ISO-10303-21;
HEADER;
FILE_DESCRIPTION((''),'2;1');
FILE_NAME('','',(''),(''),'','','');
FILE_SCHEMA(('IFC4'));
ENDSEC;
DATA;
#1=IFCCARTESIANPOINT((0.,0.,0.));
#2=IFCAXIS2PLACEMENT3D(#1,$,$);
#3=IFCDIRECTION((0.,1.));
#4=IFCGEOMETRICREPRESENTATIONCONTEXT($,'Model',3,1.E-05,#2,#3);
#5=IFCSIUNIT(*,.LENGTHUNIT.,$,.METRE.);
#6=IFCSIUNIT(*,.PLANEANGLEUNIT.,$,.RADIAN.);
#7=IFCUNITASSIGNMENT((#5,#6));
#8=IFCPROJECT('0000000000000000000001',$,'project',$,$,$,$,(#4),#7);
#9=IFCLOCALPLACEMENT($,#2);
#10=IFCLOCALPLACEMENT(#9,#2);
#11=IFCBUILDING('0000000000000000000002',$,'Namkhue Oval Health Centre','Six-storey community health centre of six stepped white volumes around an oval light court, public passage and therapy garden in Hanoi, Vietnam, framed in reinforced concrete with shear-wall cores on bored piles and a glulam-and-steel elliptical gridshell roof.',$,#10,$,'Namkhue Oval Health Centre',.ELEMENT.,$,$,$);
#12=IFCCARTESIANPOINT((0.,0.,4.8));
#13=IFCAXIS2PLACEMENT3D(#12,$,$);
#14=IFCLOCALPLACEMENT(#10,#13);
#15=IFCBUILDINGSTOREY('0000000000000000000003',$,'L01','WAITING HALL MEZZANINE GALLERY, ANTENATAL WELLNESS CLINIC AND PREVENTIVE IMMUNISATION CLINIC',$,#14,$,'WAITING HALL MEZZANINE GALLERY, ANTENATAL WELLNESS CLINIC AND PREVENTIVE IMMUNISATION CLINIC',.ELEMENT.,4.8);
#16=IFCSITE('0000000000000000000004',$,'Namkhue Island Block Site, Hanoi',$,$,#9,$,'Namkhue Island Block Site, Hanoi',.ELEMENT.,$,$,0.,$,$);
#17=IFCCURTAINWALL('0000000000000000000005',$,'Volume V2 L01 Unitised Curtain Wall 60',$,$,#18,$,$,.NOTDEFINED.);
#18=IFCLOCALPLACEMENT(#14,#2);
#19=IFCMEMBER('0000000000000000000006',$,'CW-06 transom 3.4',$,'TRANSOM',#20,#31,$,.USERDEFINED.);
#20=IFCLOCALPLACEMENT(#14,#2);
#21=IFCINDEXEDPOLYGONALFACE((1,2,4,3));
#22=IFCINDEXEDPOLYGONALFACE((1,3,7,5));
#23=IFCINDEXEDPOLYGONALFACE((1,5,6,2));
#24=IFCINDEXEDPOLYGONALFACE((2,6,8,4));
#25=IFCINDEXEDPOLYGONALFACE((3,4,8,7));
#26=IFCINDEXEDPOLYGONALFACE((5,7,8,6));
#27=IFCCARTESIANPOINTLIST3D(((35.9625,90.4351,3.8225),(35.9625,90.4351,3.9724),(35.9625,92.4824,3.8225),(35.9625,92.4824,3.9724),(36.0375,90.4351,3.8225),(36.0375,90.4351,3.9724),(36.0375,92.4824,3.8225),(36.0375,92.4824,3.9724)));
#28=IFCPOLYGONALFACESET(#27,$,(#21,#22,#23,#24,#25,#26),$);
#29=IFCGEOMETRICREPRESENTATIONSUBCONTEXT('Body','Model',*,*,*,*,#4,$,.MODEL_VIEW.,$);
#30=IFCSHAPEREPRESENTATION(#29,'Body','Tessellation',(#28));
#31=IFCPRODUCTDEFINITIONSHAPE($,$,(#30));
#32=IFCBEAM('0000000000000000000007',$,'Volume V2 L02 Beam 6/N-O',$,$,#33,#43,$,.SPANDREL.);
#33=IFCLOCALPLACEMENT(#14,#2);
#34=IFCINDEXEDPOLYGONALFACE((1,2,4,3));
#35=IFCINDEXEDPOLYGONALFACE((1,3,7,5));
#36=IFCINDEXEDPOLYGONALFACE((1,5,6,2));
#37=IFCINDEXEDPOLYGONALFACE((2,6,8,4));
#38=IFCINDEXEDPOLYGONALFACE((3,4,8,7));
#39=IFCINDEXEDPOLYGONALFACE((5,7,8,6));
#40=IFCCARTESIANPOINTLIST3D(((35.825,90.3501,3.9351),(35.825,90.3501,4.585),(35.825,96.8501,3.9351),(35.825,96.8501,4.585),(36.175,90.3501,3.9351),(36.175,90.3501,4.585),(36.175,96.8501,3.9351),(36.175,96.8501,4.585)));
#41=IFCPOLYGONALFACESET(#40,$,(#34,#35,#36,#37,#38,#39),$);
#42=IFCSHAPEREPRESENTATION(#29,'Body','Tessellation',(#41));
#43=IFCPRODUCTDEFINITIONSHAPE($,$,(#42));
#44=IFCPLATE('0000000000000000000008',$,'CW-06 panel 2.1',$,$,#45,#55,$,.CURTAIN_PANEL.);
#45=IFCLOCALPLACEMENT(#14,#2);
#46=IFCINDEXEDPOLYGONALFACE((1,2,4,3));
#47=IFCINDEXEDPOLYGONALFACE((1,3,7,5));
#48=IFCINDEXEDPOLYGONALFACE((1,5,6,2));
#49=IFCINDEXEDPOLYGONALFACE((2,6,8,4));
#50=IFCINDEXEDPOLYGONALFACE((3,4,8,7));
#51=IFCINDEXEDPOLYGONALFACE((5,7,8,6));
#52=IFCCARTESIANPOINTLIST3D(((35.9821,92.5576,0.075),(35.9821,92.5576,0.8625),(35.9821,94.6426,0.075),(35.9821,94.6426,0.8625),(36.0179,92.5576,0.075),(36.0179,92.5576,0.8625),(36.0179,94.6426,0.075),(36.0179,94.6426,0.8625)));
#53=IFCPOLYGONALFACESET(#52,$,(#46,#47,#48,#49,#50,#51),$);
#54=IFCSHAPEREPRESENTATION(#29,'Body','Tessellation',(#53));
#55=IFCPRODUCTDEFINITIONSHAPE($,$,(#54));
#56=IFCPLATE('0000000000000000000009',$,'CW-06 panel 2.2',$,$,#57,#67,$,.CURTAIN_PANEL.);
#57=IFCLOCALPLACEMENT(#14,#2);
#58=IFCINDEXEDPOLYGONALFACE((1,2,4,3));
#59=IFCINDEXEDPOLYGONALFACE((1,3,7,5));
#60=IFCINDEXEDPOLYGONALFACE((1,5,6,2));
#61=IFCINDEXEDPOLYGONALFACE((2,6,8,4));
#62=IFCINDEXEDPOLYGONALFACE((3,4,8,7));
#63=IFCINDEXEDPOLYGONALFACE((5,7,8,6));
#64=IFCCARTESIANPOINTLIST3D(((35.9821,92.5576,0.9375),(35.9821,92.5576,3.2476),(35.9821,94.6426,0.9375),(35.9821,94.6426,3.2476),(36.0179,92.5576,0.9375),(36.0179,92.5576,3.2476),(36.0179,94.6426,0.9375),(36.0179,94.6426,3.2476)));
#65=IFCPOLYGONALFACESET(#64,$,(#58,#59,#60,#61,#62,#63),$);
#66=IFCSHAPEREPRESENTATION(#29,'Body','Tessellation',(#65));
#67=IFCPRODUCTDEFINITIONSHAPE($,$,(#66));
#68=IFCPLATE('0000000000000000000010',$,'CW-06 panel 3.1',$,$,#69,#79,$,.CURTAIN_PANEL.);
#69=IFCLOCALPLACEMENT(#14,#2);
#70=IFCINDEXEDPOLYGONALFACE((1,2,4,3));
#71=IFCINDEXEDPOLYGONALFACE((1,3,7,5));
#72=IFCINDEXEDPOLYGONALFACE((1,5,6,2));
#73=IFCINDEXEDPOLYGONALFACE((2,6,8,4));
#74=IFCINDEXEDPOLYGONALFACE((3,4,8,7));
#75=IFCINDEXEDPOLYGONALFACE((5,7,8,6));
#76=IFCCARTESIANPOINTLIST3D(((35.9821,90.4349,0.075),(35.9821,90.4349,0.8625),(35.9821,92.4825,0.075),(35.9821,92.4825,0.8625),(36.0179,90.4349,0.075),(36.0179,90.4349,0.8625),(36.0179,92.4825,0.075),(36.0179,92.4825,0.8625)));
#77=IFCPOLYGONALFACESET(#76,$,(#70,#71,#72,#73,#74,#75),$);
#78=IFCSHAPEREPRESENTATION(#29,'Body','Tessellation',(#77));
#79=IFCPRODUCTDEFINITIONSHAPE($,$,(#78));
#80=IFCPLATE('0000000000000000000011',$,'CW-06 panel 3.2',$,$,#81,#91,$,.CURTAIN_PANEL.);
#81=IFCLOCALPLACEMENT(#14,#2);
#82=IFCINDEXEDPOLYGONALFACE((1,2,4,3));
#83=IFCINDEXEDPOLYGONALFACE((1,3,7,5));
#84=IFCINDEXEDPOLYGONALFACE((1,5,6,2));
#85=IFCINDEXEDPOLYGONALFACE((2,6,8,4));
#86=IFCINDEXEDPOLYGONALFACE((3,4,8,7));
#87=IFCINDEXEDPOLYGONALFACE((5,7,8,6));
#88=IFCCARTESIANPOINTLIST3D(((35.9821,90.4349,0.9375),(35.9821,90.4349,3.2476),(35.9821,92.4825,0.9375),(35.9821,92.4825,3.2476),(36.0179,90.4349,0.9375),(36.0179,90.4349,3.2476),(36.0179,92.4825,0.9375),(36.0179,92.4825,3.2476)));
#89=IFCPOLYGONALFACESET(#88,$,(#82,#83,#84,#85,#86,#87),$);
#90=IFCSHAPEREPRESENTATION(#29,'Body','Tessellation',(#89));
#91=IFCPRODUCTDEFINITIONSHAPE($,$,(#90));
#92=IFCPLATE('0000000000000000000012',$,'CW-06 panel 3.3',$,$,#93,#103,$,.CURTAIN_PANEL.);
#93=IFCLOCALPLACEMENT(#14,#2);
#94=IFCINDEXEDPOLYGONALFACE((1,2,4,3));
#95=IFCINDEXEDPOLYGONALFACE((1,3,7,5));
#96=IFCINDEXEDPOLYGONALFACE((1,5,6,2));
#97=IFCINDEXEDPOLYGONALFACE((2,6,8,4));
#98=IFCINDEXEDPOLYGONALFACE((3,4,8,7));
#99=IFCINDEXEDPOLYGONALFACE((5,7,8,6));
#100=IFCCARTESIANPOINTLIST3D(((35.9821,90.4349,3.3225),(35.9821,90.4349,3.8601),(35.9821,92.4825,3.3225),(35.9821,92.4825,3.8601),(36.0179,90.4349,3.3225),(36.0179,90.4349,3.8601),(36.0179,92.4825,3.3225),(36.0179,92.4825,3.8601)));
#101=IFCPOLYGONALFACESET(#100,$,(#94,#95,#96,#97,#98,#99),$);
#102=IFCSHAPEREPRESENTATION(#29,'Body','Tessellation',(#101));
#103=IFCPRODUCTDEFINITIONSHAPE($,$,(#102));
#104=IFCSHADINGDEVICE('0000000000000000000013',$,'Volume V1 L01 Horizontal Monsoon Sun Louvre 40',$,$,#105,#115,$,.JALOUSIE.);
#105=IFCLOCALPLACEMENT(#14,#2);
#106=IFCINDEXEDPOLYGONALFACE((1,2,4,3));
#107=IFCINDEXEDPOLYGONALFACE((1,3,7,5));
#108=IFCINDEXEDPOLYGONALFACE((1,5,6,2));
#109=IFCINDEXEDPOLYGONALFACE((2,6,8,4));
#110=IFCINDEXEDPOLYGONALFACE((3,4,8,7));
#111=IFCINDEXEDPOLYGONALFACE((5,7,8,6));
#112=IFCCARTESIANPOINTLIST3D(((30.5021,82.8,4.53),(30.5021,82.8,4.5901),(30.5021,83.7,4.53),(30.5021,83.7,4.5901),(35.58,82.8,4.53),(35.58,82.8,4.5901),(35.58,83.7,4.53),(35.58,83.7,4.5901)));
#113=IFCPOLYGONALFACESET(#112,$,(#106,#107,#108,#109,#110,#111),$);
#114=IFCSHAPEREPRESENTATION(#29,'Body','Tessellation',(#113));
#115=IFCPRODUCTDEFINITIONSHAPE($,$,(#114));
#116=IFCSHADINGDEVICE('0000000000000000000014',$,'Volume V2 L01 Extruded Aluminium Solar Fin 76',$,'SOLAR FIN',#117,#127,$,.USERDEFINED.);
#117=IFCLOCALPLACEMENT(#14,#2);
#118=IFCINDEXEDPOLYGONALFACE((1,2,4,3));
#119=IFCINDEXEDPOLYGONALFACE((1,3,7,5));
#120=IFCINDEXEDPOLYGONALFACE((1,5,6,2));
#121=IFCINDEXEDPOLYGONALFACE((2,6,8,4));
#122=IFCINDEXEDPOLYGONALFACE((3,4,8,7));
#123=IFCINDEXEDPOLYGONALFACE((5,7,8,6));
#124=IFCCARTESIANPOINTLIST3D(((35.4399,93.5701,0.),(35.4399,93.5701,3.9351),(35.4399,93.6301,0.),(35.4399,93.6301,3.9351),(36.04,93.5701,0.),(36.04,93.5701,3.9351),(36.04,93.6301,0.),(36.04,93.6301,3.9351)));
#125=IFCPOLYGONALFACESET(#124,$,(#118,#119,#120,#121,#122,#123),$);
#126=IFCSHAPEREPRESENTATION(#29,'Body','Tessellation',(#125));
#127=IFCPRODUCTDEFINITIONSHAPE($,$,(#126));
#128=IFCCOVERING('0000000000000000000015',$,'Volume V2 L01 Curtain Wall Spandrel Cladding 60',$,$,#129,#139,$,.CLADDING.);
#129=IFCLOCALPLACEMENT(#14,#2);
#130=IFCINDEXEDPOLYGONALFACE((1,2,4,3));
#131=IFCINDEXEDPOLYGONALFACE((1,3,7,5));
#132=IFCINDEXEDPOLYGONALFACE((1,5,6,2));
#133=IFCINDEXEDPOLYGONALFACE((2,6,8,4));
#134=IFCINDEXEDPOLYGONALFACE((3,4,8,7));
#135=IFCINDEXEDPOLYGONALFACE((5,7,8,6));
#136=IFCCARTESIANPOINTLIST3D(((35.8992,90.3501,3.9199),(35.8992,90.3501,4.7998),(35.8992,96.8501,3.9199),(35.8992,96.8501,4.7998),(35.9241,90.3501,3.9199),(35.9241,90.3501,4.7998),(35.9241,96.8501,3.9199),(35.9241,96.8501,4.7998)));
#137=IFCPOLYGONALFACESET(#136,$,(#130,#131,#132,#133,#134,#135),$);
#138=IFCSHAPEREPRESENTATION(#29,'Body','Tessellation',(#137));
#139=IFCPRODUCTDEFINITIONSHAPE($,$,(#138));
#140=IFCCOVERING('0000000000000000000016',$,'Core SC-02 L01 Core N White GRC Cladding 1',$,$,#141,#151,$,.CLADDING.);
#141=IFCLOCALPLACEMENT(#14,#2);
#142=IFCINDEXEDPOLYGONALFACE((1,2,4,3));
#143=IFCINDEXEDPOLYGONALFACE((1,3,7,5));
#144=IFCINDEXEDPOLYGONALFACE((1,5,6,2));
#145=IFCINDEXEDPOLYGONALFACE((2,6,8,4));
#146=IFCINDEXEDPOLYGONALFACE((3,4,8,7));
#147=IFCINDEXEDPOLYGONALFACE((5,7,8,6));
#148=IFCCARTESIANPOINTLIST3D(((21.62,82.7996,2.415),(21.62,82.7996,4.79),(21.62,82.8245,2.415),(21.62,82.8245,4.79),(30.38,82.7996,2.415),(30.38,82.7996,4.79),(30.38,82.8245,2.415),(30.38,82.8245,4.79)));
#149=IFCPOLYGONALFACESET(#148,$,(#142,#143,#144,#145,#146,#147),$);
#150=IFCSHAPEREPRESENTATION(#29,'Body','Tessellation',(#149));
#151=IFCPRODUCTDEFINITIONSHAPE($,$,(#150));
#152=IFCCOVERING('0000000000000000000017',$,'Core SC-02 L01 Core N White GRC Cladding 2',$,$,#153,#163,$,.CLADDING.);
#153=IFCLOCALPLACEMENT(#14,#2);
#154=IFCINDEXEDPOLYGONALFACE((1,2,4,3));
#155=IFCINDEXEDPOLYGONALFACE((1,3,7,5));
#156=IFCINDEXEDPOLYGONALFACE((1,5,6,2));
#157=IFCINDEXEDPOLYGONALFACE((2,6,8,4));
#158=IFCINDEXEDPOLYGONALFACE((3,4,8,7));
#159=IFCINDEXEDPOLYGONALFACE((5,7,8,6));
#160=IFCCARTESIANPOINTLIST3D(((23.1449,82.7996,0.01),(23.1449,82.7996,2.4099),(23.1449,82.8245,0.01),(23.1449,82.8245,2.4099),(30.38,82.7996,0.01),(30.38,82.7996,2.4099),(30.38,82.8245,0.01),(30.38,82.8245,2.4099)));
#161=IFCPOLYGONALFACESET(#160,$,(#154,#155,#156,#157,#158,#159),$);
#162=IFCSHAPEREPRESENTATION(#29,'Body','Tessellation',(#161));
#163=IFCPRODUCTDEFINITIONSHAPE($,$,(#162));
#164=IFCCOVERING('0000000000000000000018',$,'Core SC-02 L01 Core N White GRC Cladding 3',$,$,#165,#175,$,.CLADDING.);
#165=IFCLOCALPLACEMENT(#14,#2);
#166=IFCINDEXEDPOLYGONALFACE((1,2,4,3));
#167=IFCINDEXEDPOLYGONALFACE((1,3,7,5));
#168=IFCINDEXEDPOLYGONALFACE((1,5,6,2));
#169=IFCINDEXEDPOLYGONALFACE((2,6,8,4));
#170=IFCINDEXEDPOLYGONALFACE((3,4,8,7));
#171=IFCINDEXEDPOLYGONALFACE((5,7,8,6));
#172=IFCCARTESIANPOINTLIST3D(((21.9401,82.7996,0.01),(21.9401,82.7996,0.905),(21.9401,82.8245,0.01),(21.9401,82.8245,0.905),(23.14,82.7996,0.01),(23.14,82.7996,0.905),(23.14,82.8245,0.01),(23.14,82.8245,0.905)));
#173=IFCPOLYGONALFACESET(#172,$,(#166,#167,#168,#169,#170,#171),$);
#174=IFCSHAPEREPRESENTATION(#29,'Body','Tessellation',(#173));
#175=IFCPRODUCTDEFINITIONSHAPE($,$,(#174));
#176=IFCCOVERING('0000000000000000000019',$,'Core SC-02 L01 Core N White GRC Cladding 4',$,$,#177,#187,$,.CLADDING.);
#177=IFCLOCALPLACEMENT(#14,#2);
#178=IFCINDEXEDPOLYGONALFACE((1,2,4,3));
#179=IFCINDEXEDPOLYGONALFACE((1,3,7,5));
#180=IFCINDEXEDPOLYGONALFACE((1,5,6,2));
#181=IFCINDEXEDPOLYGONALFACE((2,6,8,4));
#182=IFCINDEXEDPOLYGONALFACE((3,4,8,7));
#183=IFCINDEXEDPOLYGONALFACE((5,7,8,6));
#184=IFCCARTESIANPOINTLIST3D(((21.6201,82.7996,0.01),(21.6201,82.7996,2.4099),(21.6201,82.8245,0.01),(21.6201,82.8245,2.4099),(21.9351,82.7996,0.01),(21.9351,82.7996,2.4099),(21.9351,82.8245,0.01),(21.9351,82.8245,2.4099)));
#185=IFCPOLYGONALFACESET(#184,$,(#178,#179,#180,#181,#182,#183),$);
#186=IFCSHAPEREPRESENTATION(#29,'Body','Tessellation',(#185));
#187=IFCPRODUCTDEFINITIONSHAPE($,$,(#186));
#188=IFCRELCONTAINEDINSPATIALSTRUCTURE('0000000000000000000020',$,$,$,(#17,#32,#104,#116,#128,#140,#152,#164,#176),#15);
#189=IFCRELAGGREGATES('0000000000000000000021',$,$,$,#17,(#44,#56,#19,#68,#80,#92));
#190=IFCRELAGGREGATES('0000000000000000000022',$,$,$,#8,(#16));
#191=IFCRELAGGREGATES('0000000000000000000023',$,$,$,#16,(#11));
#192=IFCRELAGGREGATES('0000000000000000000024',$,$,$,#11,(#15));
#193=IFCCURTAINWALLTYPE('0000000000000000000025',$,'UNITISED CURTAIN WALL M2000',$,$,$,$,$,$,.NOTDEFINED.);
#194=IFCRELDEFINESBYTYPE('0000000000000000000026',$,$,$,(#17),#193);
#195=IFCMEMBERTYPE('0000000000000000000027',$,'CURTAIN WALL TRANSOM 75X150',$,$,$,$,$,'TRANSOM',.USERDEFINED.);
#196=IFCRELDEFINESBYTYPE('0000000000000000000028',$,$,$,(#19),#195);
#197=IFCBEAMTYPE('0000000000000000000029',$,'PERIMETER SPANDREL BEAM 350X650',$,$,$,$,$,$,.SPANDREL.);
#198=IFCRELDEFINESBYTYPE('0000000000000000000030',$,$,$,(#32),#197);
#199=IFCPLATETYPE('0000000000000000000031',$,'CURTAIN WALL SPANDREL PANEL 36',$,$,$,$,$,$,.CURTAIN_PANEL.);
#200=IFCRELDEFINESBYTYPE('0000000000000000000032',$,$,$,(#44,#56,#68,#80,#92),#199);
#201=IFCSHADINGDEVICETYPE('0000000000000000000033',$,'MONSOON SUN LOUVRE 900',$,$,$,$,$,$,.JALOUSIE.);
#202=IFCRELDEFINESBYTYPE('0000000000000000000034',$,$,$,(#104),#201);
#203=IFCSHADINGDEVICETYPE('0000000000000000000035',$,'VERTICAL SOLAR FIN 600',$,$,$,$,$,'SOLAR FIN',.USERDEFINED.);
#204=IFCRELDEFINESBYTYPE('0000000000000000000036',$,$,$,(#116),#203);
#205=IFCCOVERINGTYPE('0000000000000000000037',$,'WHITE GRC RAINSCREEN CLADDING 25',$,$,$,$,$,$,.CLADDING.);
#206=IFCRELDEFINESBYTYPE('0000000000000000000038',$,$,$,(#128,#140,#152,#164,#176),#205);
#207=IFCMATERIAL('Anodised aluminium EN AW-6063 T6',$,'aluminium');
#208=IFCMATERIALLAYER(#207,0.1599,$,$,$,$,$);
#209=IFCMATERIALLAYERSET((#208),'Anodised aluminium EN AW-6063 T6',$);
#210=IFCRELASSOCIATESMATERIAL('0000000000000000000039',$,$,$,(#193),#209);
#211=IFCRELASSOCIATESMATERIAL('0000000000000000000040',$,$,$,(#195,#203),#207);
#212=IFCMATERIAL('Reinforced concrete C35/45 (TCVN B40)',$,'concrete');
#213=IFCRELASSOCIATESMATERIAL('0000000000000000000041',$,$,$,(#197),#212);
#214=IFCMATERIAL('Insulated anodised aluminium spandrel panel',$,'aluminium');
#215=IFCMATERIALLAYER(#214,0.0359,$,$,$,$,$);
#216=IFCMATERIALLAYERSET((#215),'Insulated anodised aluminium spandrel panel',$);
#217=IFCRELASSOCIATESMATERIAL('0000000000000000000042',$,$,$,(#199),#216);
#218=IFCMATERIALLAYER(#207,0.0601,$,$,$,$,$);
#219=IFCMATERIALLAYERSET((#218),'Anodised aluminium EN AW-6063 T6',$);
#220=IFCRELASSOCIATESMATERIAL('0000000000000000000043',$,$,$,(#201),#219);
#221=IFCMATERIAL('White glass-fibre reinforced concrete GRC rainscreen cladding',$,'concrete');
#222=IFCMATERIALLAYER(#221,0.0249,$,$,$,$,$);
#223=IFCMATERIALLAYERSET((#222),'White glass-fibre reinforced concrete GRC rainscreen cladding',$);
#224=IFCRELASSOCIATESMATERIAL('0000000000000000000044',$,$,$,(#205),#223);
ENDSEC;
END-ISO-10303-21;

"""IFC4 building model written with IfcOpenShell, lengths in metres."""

from ifc_helpers import new_model, si_unit, direction, frame, origin, origin_2d, place, context, subcontext, project, spatial, rectangle, extrude, material, layer, layer_set, material_profile, profile_set, type_object, element, aggregate, save


model = new_model("IFC4")

# Units and contexts
model_context = context("Model", 3, precision=1e-05, world=origin(), true_north=direction((0.0, 1.0)))
body_context = subcontext(model_context, "Body", "Model", "MODEL_VIEW")
ifc_project = project(units=[si_unit("LENGTHUNIT", "METRE"), si_unit("PLANEANGLEUNIT", "RADIAN")], contexts=[model_context])

# Site, building, storey
site_placement = place(None, origin())
site = spatial("IfcSite", under=ifc_project, at=site_placement, Name="Namkhue Island Block Site, Hanoi", LongName="Namkhue Island Block Site, Hanoi", CompositionType="ELEMENT", RefElevation=0.0)
building_placement = place(site_placement, origin())
building = spatial("IfcBuilding", under=site, at=building_placement, Name="Namkhue Oval Health Centre", Description="Six-storey community health centre of six stepped white volumes around an oval light court, public passage and therapy garden in Hanoi, Vietnam, framed in reinforced concrete with shear-wall cores on bored piles and a glulam-and-steel elliptical gridshell roof.", LongName="Namkhue Oval Health Centre", CompositionType="ELEMENT")
storey_placement = place(building_placement, frame((0.0, 0.0, 4.8)))
storey = spatial("IfcBuildingStorey", under=building, at=storey_placement, Name="L01", Description="WAITING HALL MEZZANINE GALLERY, ANTENATAL WELLNESS CLINIC AND PREVENTIVE IMMUNISATION CLINIC", LongName="WAITING HALL MEZZANINE GALLERY, ANTENATAL WELLNESS CLINIC AND PREVENTIVE IMMUNISATION CLINIC", CompositionType="ELEMENT", Elevation=4.8)

# Shared definitions
ifc_material_1 = material(Name="Reinforced concrete C35/45 (TCVN B40)", Category="concrete")

# Curtain wall, member
ifc_material_2 = material(Name="Anodised aluminium EN AW-6063 T6", Category="aluminium")
ifc_layer_1 = layer(ifc_material_2, 0.1599)
ifc_layer_set_1 = layer_set([ifc_layer_1], Name="Anodised aluminium EN AW-6063 T6")
curtain_wall_type = type_object("IfcCurtainWallType", Name="UNITISED CURTAIN WALL M2000", PredefinedType="NOTDEFINED", material=ifc_layer_set_1)
curtain_wall_placement = place(storey_placement, origin())
curtain_wall = element("IfcCurtainWall", 1, at=curtain_wall_placement, inside=storey, type_object=curtain_wall_type, Name="Volume V2 L01 Unitised Curtain Wall 60", PredefinedType="NOTDEFINED")
ifc_material_profile_1 = material_profile(ifc_material_2, rectangle(XDim=0.075, YDim=0.1499, at=origin_2d()), Name="ALU 75x150")
ifc_profile_set_1 = profile_set([ifc_material_profile_1], Name="Anodised aluminium EN AW-6063 T6")
member_type_1 = type_object("IfcMemberType", Name="CURTAIN WALL TRANSOM 75X150", ElementType="TRANSOM", PredefinedType="USERDEFINED", material=ifc_profile_set_1)
member_1_placement = place(storey_placement, frame((36.0, 92.4824, 3.8975), z_axis=(0.0, -1.0, 0.0), x_axis=(1.0, 0.0, 0.0)))
member_1 = element("IfcMember", 2, at=member_1_placement, type_object=member_type_1, Name="CW-06 transom 3.4", ObjectType="TRANSOM", PredefinedType="USERDEFINED", context=body_context, shape_type="SweptSolid", body=[
    extrude(rectangle(XDim=0.075, YDim=0.1499, at=origin_2d()), origin(), (0.0, 0.0, 1.0), 2.0474),
])

# Beam
ifc_material_profile_2 = material_profile(ifc_material_1, rectangle(XDim=0.3501, YDim=0.6499, at=origin_2d()), Name="RC 350x650")
ifc_profile_set_2 = profile_set([ifc_material_profile_2], Name="Reinforced concrete C35/45 (TCVN B40)")
beam_type = type_object("IfcBeamType", Name="PERIMETER SPANDREL BEAM 350X650", PredefinedType="SPANDREL", material=ifc_profile_set_2)
beam_placement = place(storey_placement, frame((36.0, 90.3501, 4.26), z_axis=(0.0, 1.0, 0.0), x_axis=(-1.0, 0.0, 0.0)))
element("IfcBeam", 3, at=beam_placement, inside=storey, type_object=beam_type, Name="Volume V2 L02 Beam 6/N-O", PredefinedType="SPANDREL", context=body_context, shape_type="SweptSolid", body=[
    extrude(rectangle(XDim=0.3501, YDim=0.6499, at=origin_2d()), origin(), (0.0, 0.0, 1.0), 6.5),
])

# Plates
ifc_material_3 = material(Name="Insulated anodised aluminium spandrel panel", Category="aluminium")
ifc_layer_2 = layer(ifc_material_3, 0.0359)
ifc_layer_set_2 = layer_set([ifc_layer_2], Name="Insulated anodised aluminium spandrel panel")
plate_type = type_object("IfcPlateType", Name="CURTAIN WALL SPANDREL PANEL 36", PredefinedType="CURTAIN_PANEL", material=ifc_layer_set_2)
plate_1_placement = place(storey_placement, frame((36.0, 93.6001, 0.075), z_axis=(0.0, 0.0, 1.0), x_axis=(0.0, -1.0, 0.0)))
plate_1 = element("IfcPlate", 4, at=plate_1_placement, type_object=plate_type, Name="CW-06 panel 2.1", PredefinedType="CURTAIN_PANEL", context=body_context, shape_type="SweptSolid", body=[
    extrude(rectangle(XDim=2.085, YDim=0.0359, at=origin_2d()), origin(), (0.0, 0.0, 1.0), 0.7876),
])
plate_2_placement = place(storey_placement, frame((36.0, 93.6001, 0.9375), z_axis=(0.0, 0.0, 1.0), x_axis=(0.0, -1.0, 0.0)))
plate_2 = element("IfcPlate", 5, at=plate_2_placement, type_object=plate_type, Name="CW-06 panel 2.2", PredefinedType="CURTAIN_PANEL", context=body_context, shape_type="SweptSolid", body=[
    extrude(rectangle(XDim=2.085, YDim=0.0359, at=origin_2d()), origin(), (0.0, 0.0, 1.0), 2.3101),
])
plate_3_placement = place(storey_placement, frame((36.0, 91.4587, 0.075), z_axis=(0.0, 0.0, 1.0), x_axis=(0.0, -1.0, 0.0)))
plate_3 = element("IfcPlate", 6, at=plate_3_placement, type_object=plate_type, Name="CW-06 panel 3.1", PredefinedType="CURTAIN_PANEL", context=body_context, shape_type="SweptSolid", body=[
    extrude(rectangle(XDim=2.0476, YDim=0.0359, at=origin_2d()), origin(), (0.0, 0.0, 1.0), 0.7876),
])
plate_4_placement = place(storey_placement, frame((36.0, 91.4587, 0.9375), z_axis=(0.0, 0.0, 1.0), x_axis=(0.0, -1.0, 0.0)))
plate_4 = element("IfcPlate", 7, at=plate_4_placement, type_object=plate_type, Name="CW-06 panel 3.2", PredefinedType="CURTAIN_PANEL", context=body_context, shape_type="SweptSolid", body=[
    extrude(rectangle(XDim=2.0476, YDim=0.0359, at=origin_2d()), origin(), (0.0, 0.0, 1.0), 2.3101),
])
plate_5_placement = place(storey_placement, frame((36.0, 91.4587, 3.3225), z_axis=(0.0, 0.0, 1.0), x_axis=(0.0, -1.0, 0.0)))
plate_5 = element("IfcPlate", 8, at=plate_5_placement, type_object=plate_type, Name="CW-06 panel 3.3", PredefinedType="CURTAIN_PANEL", context=body_context, shape_type="SweptSolid", body=[
    extrude(rectangle(XDim=2.0476, YDim=0.0359, at=origin_2d()), origin(), (0.0, 0.0, 1.0), 0.5376),
])
aggregate(curtain_wall, [plate_1, plate_2, member_1, plate_3, plate_4, plate_5])

# Shading devices
ifc_layer_3 = layer(ifc_material_2, 0.0601)
ifc_layer_set_3 = layer_set([ifc_layer_3], Name="Anodised aluminium EN AW-6063 T6")
shading_device_type_1 = type_object("IfcShadingDeviceType", Name="MONSOON SUN LOUVRE 900", PredefinedType="JALOUSIE", material=ifc_layer_set_3)
shading_device_1_placement = place(storey_placement, frame((33.041, 83.25, 4.53), z_axis=(0.0, 0.0, 1.0), x_axis=(-1.0, 0.0, 0.0)))
element("IfcShadingDevice", 9, at=shading_device_1_placement, inside=storey, type_object=shading_device_type_1, Name="Volume V1 L01 Horizontal Monsoon Sun Louvre 40", PredefinedType="JALOUSIE", context=body_context, shape_type="SweptSolid", body=[
    extrude(rectangle(XDim=5.0779, YDim=0.8999, at=origin_2d()), origin(), (0.0, 0.0, 1.0), 0.0601),
])
shading_device_type_2 = type_object("IfcShadingDeviceType", Name="VERTICAL SOLAR FIN 600", ElementType="SOLAR FIN", PredefinedType="USERDEFINED", material=ifc_material_2)
shading_device_2_placement = place(storey_placement, frame((35.74, 93.6001, 0.0), z_axis=(0.0, 0.0, 1.0), x_axis=(-1.0, 0.0, 0.0)))
element("IfcShadingDevice", 10, at=shading_device_2_placement, inside=storey, type_object=shading_device_type_2, Name="Volume V2 L01 Extruded Aluminium Solar Fin 76", ObjectType="SOLAR FIN", PredefinedType="USERDEFINED", context=body_context, shape_type="SweptSolid", body=[
    extrude(rectangle(XDim=0.6001, YDim=0.0601, at=origin_2d()), origin(), (0.0, 0.0, 1.0), 3.9351),
])

# Coverings
ifc_material_4 = material(Name="White glass-fibre reinforced concrete GRC rainscreen cladding", Category="concrete")
ifc_layer_4 = layer(ifc_material_4, 0.0249)
ifc_layer_set_4 = layer_set([ifc_layer_4], Name="White glass-fibre reinforced concrete GRC rainscreen cladding")
covering_type = type_object("IfcCoveringType", Name="WHITE GRC RAINSCREEN CLADDING 25", PredefinedType="CLADDING", material=ifc_layer_set_4)
covering_1_placement = place(storey_placement, frame((35.9116, 93.6001, 3.9199), z_axis=(0.0, 0.0, 1.0), x_axis=(0.0, -1.0, 0.0)))
element("IfcCovering", 11, at=covering_1_placement, inside=storey, type_object=covering_type, Name="Volume V2 L01 Curtain Wall Spandrel Cladding 60", PredefinedType="CLADDING", context=body_context, shape_type="SweptSolid", body=[
    extrude(rectangle(XDim=6.5, YDim=0.0249, at=origin_2d()), origin(), (0.0, 0.0, 1.0), 0.8799),
])
covering_2_placement = place(storey_placement, frame((26.0, 82.812, 2.415), z_axis=(0.0, 0.0, 1.0), x_axis=(-1.0, 0.0, 0.0)))
element("IfcCovering", 12, at=covering_2_placement, inside=storey, type_object=covering_type, Name="Core SC-02 L01 Core N White GRC Cladding 1", PredefinedType="CLADDING", context=body_context, shape_type="SweptSolid", body=[
    extrude(rectangle(XDim=8.76, YDim=0.0249, at=origin_2d()), origin(), (0.0, 0.0, 1.0), 2.375),
])
covering_3_placement = place(storey_placement, frame((26.7625, 82.812, 0.01), z_axis=(0.0, 0.0, 1.0), x_axis=(-1.0, 0.0, 0.0)))
element("IfcCovering", 13, at=covering_3_placement, inside=storey, type_object=covering_type, Name="Core SC-02 L01 Core N White GRC Cladding 2", PredefinedType="CLADDING", context=body_context, shape_type="SweptSolid", body=[
    extrude(rectangle(XDim=7.2351, YDim=0.0249, at=origin_2d()), origin(), (0.0, 0.0, 1.0), 2.3999),
])
covering_4_placement = place(storey_placement, frame((22.54, 82.812, 0.01), z_axis=(0.0, 0.0, 1.0), x_axis=(-1.0, 0.0, 0.0)))
element("IfcCovering", 14, at=covering_4_placement, inside=storey, type_object=covering_type, Name="Core SC-02 L01 Core N White GRC Cladding 3", PredefinedType="CLADDING", context=body_context, shape_type="SweptSolid", body=[
    extrude(rectangle(XDim=1.2, YDim=0.0249, at=origin_2d()), origin(), (0.0, 0.0, 1.0), 0.895),
])
covering_5_placement = place(storey_placement, frame((21.7776, 82.812, 0.01), z_axis=(0.0, 0.0, 1.0), x_axis=(-1.0, 0.0, 0.0)))
element("IfcCovering", 15, at=covering_5_placement, inside=storey, type_object=covering_type, Name="Core SC-02 L01 Core N White GRC Cladding 4", PredefinedType="CLADDING", context=body_context, shape_type="SweptSolid", body=[
    extrude(rectangle(XDim=0.3149, YDim=0.0249, at=origin_2d()), origin(), (0.0, 0.0, 1.0), 2.3999),
])

save(model, "model.ifc")
